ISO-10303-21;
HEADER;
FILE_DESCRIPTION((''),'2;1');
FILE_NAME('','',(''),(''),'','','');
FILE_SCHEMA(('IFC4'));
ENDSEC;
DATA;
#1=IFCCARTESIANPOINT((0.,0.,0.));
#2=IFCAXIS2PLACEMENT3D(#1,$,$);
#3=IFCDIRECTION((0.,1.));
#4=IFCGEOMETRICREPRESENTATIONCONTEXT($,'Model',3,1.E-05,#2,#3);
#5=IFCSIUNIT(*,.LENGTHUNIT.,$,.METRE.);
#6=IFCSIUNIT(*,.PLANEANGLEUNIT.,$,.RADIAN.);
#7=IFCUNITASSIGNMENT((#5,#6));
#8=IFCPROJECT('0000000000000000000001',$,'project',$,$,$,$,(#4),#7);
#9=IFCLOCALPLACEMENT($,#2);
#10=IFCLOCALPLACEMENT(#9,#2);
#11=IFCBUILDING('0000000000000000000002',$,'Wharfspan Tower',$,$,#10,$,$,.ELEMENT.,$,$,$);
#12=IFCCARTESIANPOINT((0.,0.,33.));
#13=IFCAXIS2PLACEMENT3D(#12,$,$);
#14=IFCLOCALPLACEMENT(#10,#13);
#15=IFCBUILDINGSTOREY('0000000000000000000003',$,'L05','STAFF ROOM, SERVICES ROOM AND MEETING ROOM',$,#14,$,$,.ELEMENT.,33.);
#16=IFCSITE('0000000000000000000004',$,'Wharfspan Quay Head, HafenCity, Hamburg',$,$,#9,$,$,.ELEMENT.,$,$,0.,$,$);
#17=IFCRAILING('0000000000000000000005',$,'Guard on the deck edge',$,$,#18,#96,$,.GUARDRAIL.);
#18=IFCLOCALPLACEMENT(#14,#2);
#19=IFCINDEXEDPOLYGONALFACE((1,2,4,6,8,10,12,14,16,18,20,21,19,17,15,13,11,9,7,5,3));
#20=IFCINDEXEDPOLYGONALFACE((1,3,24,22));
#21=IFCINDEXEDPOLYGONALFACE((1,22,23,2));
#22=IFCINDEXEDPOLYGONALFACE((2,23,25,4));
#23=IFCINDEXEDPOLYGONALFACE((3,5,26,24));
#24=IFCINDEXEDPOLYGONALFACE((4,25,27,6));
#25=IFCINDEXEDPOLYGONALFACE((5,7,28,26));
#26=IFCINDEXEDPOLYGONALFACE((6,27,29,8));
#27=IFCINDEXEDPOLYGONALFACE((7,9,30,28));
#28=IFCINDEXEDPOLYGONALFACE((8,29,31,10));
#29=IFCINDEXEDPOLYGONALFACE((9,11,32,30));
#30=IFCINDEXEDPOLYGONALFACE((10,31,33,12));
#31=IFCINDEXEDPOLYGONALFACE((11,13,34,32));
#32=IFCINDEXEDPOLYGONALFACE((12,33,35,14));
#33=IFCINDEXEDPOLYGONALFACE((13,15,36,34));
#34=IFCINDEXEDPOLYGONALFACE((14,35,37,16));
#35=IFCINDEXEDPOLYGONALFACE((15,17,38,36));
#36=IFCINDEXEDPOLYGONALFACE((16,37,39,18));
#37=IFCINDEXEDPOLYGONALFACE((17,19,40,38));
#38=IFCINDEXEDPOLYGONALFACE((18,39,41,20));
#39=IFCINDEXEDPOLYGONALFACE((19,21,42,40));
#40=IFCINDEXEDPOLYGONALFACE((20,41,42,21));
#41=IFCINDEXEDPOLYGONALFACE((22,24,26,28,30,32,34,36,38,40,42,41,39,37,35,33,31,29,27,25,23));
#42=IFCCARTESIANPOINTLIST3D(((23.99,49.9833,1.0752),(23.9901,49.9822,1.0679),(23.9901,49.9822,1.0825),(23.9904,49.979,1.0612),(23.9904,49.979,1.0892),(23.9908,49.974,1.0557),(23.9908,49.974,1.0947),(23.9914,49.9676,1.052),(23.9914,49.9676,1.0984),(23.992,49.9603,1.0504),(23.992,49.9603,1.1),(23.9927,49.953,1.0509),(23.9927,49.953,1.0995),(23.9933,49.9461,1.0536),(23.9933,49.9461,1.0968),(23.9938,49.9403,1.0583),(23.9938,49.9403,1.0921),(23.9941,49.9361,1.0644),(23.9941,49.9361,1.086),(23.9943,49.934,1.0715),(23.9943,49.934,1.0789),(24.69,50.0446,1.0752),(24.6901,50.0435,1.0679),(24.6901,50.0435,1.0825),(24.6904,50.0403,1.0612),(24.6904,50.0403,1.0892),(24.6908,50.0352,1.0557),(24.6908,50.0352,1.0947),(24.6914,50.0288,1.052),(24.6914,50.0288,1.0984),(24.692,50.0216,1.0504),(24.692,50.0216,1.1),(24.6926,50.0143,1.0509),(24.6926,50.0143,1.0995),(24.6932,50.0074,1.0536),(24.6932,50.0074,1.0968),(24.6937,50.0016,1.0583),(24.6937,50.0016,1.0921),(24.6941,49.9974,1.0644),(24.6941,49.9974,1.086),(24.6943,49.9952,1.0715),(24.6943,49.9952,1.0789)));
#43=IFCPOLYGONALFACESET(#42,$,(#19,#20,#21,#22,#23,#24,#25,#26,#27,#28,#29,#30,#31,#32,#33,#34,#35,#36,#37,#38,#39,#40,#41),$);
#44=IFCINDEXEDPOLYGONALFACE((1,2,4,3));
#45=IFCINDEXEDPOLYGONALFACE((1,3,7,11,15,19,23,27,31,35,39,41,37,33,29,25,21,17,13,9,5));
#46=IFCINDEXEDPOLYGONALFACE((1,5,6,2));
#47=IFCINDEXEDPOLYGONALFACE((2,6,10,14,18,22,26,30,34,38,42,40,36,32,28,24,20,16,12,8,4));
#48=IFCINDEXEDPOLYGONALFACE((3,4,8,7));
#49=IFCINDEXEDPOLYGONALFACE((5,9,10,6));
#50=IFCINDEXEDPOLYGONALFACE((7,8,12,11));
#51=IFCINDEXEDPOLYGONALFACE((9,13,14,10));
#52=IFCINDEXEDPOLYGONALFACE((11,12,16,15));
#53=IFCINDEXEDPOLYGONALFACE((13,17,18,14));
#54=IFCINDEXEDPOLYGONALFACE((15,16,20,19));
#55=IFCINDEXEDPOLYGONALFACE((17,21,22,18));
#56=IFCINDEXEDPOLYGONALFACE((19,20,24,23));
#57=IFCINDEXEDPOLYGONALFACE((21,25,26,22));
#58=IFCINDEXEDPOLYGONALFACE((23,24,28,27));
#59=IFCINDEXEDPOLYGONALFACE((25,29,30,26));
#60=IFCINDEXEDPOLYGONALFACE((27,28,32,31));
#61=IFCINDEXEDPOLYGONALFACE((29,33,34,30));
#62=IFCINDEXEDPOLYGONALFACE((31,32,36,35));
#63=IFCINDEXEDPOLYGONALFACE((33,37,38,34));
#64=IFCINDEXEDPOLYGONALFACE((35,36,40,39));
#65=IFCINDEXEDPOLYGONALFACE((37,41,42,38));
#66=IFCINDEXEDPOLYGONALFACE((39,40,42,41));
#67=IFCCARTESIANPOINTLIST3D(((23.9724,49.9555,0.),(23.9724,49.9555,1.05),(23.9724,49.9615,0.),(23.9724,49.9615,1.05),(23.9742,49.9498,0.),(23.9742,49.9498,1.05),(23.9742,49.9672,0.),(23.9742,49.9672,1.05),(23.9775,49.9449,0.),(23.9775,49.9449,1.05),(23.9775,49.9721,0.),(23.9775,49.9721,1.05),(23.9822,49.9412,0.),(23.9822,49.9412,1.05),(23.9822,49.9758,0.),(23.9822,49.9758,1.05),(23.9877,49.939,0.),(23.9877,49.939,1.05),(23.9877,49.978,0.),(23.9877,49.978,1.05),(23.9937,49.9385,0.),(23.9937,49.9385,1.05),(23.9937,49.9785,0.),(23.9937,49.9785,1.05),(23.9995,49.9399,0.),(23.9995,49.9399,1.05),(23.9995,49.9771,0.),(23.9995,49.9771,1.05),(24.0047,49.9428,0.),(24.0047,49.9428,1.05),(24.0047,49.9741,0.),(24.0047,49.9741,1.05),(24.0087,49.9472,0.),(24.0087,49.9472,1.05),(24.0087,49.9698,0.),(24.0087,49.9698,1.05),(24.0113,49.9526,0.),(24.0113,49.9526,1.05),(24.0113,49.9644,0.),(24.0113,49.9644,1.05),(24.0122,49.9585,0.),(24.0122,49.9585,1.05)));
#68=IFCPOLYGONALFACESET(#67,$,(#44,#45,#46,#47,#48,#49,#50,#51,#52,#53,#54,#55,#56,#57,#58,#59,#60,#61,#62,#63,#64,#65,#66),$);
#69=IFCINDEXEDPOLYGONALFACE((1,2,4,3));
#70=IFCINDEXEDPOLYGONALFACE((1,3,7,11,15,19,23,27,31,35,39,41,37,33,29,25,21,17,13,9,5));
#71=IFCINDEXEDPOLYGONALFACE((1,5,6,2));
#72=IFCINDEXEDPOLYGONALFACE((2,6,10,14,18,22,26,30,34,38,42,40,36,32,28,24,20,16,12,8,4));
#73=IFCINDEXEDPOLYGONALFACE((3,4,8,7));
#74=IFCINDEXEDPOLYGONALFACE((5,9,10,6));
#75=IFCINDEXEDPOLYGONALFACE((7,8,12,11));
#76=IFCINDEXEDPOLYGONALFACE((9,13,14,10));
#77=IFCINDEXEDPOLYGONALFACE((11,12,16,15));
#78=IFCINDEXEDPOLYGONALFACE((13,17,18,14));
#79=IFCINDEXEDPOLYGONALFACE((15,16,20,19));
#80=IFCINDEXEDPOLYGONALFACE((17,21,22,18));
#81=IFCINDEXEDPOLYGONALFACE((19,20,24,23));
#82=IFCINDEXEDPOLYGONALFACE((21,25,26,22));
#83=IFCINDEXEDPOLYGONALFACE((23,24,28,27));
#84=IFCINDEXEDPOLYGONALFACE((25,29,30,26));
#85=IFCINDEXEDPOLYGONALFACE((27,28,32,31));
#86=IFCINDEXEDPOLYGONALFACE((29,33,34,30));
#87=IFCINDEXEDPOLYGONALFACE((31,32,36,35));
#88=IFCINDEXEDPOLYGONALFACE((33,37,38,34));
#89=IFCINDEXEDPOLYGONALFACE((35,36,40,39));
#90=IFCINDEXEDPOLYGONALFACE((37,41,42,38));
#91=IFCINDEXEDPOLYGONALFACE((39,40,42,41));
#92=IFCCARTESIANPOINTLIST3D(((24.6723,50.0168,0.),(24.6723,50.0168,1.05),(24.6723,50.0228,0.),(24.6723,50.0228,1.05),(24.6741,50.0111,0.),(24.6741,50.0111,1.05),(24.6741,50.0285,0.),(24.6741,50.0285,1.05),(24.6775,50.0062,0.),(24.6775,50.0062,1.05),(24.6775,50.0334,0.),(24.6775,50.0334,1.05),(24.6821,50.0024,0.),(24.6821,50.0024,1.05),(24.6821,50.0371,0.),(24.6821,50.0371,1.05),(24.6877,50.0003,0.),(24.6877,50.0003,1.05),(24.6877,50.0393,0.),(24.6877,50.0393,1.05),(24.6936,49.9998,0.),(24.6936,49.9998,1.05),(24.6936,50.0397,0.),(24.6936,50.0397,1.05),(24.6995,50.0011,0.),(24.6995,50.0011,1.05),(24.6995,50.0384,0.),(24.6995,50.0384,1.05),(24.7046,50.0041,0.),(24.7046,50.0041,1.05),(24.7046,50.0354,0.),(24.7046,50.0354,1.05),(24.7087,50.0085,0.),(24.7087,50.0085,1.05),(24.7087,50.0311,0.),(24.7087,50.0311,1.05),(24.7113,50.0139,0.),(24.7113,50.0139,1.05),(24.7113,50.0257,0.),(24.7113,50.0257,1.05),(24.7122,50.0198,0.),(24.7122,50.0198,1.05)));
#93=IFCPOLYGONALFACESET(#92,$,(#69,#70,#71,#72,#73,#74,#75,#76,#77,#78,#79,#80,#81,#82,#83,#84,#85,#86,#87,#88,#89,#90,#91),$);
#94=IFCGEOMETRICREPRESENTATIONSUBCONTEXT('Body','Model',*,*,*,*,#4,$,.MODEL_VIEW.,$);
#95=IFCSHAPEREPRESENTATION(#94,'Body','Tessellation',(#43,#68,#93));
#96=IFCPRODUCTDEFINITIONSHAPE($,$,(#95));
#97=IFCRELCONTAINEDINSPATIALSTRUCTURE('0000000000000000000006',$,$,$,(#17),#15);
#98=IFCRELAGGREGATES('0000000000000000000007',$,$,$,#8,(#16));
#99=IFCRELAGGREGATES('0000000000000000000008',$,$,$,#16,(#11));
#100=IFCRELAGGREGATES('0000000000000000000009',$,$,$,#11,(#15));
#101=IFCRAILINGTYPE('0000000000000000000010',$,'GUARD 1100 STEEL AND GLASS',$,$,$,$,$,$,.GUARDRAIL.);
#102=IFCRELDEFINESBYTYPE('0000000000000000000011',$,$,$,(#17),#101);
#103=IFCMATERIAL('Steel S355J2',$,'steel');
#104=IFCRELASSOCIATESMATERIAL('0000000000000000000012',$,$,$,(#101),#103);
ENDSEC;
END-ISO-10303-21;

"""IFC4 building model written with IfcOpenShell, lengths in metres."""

from ifc_helpers import new_model, si_unit, direction, frame, origin, origin_2d, place, context, subcontext, project, spatial, circle, extrude, material, type_object, element, save


model = new_model("IFC4")

# Units and contexts
model_context = context("Model", 3, precision=1e-05, world=origin(), true_north=direction((0.0, 1.0)))
body_context = subcontext(model_context, "Body", "Model", "MODEL_VIEW")
ifc_project = project(units=[si_unit("LENGTHUNIT", "METRE"), si_unit("PLANEANGLEUNIT", "RADIAN")], contexts=[model_context])

# Site, building, storey
site_placement = place(None, origin())
site = spatial("IfcSite", under=ifc_project, at=site_placement, Name="Wharfspan Quay Head, HafenCity, Hamburg", CompositionType="ELEMENT", RefElevation=0.0)
building_placement = place(site_placement, origin())
building = spatial("IfcBuilding", under=site, at=building_placement, Name="Wharfspan Tower", CompositionType="ELEMENT")
storey_placement = place(building_placement, frame((0.0, 0.0, 33.0)))
storey = spatial("IfcBuildingStorey", under=building, at=storey_placement, Name="L05", Description="STAFF ROOM, SERVICES ROOM AND MEETING ROOM", CompositionType="ELEMENT", Elevation=33.0)

# Railing
ifc_material_1 = material(Name="Steel S355J2", Category="steel")
railing_type = type_object("IfcRailingType", Name="GUARD 1100 STEEL AND GLASS", PredefinedType="GUARDRAIL", material=ifc_material_1)
for number, where, name in (
    (1, (23.9922, 49.9585, 0.0), "Guard on the deck edge"),
):
    element("IfcRailing", number, at=place(storey_placement, frame(where)), inside=storey, type_object=railing_type, Name=name, PredefinedType="GUARDRAIL", context=body_context, shape_type="SweptSolid", body=[
        extrude(circle(Radius=0.0249, at=origin_2d()), frame((0.0, 0.0, 1.0752), z_axis=(0.99619, 0.087214, 0.0), x_axis=(-0.087214, 0.99619, 0.0)), (0.0, 0.0, 1.0), 0.7026),
        extrude(circle(Radius=0.02, at=origin_2d()), origin(), (0.0, 0.0, 1.0), 1.05),
        extrude(circle(Radius=0.02, at=origin_2d()), frame((0.7, 0.0613, 0.0)), (0.0, 0.0, 1.0), 1.05),
    ])

save(model, "model.ifc")
